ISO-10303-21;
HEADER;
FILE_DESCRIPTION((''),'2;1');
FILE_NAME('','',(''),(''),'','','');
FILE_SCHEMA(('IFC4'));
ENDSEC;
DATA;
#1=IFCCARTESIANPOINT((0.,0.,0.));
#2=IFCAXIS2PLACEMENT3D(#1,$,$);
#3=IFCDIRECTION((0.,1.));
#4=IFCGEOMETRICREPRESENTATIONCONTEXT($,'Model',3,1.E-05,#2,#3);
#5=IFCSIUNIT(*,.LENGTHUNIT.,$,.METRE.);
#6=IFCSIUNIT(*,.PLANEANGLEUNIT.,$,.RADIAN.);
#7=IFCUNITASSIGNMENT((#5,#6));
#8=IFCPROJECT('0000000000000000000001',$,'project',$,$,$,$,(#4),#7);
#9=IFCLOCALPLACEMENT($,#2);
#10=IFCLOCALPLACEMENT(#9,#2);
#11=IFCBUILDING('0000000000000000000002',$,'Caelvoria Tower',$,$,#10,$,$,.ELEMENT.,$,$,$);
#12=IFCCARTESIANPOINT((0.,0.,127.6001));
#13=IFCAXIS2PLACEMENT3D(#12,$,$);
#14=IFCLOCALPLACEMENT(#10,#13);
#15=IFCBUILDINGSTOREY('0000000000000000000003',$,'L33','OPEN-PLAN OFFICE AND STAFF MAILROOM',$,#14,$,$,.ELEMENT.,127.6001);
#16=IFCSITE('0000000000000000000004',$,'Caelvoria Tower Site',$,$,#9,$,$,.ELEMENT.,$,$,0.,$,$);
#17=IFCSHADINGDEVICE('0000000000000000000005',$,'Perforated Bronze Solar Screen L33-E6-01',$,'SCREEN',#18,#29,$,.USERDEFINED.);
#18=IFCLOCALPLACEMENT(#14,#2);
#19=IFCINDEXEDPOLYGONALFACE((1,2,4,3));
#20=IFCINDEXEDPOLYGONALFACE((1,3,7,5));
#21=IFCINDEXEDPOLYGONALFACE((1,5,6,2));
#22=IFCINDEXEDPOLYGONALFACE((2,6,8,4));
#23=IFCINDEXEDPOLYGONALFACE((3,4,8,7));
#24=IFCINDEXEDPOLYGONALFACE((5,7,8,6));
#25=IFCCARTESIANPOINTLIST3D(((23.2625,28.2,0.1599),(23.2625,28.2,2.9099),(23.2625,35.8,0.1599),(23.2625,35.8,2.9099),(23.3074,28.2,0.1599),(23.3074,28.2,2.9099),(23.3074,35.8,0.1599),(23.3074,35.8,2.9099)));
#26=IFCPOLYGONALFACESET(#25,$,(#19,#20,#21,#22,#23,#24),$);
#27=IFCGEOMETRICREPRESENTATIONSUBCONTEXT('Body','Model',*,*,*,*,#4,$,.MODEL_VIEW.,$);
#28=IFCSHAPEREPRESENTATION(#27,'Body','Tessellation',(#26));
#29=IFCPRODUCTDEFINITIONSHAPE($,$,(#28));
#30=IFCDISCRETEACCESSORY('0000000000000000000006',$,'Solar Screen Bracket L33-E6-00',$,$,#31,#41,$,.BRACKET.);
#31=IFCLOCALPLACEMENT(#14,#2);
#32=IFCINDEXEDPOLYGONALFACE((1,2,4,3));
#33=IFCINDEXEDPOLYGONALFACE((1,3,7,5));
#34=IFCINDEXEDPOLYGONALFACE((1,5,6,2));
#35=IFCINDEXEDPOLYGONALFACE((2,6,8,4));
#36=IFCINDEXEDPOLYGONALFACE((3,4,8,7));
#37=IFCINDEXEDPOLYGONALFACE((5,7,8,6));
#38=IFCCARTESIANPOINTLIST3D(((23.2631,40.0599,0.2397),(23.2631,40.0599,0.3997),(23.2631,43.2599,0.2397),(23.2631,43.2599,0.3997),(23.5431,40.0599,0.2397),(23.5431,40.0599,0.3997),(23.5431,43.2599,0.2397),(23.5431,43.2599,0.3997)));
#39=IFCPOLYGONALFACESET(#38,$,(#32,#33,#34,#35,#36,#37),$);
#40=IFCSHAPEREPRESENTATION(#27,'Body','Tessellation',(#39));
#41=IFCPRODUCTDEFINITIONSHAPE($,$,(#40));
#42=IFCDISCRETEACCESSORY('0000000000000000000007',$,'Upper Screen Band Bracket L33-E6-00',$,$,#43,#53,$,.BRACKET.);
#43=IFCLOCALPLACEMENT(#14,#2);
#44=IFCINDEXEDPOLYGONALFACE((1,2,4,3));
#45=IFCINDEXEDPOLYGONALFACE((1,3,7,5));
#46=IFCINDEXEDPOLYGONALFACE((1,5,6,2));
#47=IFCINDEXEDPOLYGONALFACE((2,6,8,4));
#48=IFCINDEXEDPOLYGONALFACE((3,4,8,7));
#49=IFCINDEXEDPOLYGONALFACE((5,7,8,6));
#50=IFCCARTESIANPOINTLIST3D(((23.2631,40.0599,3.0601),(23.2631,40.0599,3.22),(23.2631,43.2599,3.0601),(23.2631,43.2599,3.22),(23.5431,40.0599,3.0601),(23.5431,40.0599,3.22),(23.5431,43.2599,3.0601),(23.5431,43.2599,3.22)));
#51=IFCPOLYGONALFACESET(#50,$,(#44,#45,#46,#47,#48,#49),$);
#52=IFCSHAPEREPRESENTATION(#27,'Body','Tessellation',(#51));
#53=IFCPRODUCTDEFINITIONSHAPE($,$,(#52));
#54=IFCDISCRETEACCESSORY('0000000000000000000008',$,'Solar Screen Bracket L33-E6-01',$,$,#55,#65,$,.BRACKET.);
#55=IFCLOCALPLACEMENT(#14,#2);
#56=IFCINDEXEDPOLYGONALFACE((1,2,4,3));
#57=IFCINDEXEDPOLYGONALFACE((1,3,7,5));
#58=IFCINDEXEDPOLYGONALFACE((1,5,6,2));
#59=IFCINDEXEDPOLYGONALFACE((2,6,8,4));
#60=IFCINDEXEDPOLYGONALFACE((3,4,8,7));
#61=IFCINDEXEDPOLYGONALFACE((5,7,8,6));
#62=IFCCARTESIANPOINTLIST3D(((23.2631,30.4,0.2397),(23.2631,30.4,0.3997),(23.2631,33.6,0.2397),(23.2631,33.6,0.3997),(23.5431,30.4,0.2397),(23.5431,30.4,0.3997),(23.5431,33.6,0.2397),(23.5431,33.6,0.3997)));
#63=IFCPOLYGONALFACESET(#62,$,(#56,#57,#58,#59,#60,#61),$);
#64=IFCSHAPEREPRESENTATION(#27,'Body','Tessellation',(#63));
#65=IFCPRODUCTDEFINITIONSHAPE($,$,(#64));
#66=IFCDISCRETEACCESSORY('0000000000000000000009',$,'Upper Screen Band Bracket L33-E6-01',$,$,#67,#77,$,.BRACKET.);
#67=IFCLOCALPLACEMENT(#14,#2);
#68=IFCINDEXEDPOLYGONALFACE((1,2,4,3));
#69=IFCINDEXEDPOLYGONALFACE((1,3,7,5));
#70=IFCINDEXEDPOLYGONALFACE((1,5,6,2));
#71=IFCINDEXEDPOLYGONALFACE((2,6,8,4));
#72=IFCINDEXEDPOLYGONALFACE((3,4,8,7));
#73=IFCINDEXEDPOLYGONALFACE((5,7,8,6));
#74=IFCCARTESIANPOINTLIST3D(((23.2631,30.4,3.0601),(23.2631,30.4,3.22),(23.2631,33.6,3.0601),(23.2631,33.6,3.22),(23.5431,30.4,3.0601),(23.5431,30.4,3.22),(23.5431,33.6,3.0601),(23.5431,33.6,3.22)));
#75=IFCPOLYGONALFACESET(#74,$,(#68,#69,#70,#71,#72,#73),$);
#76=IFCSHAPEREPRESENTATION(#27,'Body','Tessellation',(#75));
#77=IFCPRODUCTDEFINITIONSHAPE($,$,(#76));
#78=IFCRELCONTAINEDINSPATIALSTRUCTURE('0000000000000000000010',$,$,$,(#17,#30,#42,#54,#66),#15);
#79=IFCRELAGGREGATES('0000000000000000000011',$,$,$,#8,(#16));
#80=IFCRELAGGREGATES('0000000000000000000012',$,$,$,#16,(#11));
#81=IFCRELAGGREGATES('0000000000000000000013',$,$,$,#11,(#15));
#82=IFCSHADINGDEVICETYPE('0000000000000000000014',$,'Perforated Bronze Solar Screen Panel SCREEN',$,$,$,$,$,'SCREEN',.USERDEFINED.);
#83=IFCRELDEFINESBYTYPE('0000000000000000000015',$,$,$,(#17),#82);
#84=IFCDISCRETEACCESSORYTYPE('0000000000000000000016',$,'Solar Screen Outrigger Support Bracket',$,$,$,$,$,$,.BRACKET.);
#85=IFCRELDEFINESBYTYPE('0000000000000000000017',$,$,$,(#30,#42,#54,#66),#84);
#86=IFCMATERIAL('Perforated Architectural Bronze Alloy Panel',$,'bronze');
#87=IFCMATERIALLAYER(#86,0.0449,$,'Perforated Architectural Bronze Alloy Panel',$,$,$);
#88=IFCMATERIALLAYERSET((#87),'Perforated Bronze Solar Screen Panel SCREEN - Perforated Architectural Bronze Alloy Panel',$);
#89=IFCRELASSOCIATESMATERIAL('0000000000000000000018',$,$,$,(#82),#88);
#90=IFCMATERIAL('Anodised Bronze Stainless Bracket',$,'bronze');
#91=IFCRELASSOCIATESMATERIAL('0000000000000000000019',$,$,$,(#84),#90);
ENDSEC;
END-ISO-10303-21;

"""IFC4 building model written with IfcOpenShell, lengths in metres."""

from ifc_helpers import new_model, si_unit, direction, frame, origin, origin_2d, place, context, subcontext, project, spatial, rectangle, extrude, material, layer, layer_set, type_object, element, save


model = new_model("IFC4")

# Units and contexts
model_context = context("Model", 3, precision=1e-05, world=origin(), true_north=direction((0.0, 1.0)))
body_context = subcontext(model_context, "Body", "Model", "MODEL_VIEW")
ifc_project = project(units=[si_unit("LENGTHUNIT", "METRE"), si_unit("PLANEANGLEUNIT", "RADIAN")], contexts=[model_context])

# Site, building, storey
site_placement = place(None, origin())
site = spatial("IfcSite", under=ifc_project, at=site_placement, Name="Caelvoria Tower Site", CompositionType="ELEMENT", RefElevation=0.0)
building_placement = place(site_placement, origin())
building = spatial("IfcBuilding", under=site, at=building_placement, Name="Caelvoria Tower", CompositionType="ELEMENT")
storey_placement = place(building_placement, frame((0.0, 0.0, 127.6001)))
storey = spatial("IfcBuildingStorey", under=building, at=storey_placement, Name="L33", Description="OPEN-PLAN OFFICE AND STAFF MAILROOM", CompositionType="ELEMENT", Elevation=127.6001)

# Shading device
ifc_material_1 = material(Name="Perforated Architectural Bronze Alloy Panel", Category="bronze")
ifc_layer_1 = layer(ifc_material_1, 0.0449, Name="Perforated Architectural Bronze Alloy Panel")
ifc_layer_set_1 = layer_set([ifc_layer_1], Name="Perforated Bronze Solar Screen Panel SCREEN - Perforated Architectural Bronze Alloy Panel")
shading_device_type = type_object("IfcShadingDeviceType", Name="Perforated Bronze Solar Screen Panel SCREEN", ElementType="SCREEN", PredefinedType="USERDEFINED", material=ifc_layer_set_1)
for number, where, z_axis, x_axis, name in (
    (1, (23.2849, 32.0, 0.1599), (0.0, 0.0, 1.0), (0.0, -1.0, 0.0), "Perforated Bronze Solar Screen L33-E6-01"),
):
    element("IfcShadingDevice", number, at=place(storey_placement, frame(where, z_axis=z_axis, x_axis=x_axis)), inside=storey, type_object=shading_device_type, Name=name, ObjectType="SCREEN", PredefinedType="USERDEFINED", context=body_context, shape_type="SweptSolid", body=[
        extrude(rectangle(XDim=7.6001, YDim=0.0449, at=origin_2d()), origin(), (0.0, 0.0, 1.0), 2.75),
    ])

# Discrete accessories
ifc_material_2 = material(Name="Anodised Bronze Stainless Bracket", Category="bronze")
discrete_accessory_type = type_object("IfcDiscreteAccessoryType", Name="Solar Screen Outrigger Support Bracket", PredefinedType="BRACKET", material=ifc_material_2)
for number, where, z_axis, x_axis, name in (
    (2, (23.4031, 41.6599, 0.2397), (0.0, 0.0, 1.0), (0.0, -1.0, 0.0), "Solar Screen Bracket L33-E6-00"),
    (3, (23.4031, 41.6599, 3.0601), (0.0, 0.0, 1.0), (0.0, -1.0, 0.0), "Upper Screen Band Bracket L33-E6-00"),
    (4, (23.4031, 32.0, 0.2397), (0.0, 0.0, 1.0), (0.0, -1.0, 0.0), "Solar Screen Bracket L33-E6-01"),
    (5, (23.4031, 32.0, 3.0601), (0.0, 0.0, 1.0), (0.0, -1.0, 0.0), "Upper Screen Band Bracket L33-E6-01"),
):
    element("IfcDiscreteAccessory", number, at=place(storey_placement, frame(where, z_axis=z_axis, x_axis=x_axis)), inside=storey, type_object=discrete_accessory_type, Name=name, PredefinedType="BRACKET", context=body_context, shape_type="SweptSolid", body=[
        extrude(rectangle(XDim=3.2, YDim=0.28, at=origin_2d()), origin(), (0.0, 0.0, 1.0), 0.1599),
    ])

save(model, "model.ifc")
